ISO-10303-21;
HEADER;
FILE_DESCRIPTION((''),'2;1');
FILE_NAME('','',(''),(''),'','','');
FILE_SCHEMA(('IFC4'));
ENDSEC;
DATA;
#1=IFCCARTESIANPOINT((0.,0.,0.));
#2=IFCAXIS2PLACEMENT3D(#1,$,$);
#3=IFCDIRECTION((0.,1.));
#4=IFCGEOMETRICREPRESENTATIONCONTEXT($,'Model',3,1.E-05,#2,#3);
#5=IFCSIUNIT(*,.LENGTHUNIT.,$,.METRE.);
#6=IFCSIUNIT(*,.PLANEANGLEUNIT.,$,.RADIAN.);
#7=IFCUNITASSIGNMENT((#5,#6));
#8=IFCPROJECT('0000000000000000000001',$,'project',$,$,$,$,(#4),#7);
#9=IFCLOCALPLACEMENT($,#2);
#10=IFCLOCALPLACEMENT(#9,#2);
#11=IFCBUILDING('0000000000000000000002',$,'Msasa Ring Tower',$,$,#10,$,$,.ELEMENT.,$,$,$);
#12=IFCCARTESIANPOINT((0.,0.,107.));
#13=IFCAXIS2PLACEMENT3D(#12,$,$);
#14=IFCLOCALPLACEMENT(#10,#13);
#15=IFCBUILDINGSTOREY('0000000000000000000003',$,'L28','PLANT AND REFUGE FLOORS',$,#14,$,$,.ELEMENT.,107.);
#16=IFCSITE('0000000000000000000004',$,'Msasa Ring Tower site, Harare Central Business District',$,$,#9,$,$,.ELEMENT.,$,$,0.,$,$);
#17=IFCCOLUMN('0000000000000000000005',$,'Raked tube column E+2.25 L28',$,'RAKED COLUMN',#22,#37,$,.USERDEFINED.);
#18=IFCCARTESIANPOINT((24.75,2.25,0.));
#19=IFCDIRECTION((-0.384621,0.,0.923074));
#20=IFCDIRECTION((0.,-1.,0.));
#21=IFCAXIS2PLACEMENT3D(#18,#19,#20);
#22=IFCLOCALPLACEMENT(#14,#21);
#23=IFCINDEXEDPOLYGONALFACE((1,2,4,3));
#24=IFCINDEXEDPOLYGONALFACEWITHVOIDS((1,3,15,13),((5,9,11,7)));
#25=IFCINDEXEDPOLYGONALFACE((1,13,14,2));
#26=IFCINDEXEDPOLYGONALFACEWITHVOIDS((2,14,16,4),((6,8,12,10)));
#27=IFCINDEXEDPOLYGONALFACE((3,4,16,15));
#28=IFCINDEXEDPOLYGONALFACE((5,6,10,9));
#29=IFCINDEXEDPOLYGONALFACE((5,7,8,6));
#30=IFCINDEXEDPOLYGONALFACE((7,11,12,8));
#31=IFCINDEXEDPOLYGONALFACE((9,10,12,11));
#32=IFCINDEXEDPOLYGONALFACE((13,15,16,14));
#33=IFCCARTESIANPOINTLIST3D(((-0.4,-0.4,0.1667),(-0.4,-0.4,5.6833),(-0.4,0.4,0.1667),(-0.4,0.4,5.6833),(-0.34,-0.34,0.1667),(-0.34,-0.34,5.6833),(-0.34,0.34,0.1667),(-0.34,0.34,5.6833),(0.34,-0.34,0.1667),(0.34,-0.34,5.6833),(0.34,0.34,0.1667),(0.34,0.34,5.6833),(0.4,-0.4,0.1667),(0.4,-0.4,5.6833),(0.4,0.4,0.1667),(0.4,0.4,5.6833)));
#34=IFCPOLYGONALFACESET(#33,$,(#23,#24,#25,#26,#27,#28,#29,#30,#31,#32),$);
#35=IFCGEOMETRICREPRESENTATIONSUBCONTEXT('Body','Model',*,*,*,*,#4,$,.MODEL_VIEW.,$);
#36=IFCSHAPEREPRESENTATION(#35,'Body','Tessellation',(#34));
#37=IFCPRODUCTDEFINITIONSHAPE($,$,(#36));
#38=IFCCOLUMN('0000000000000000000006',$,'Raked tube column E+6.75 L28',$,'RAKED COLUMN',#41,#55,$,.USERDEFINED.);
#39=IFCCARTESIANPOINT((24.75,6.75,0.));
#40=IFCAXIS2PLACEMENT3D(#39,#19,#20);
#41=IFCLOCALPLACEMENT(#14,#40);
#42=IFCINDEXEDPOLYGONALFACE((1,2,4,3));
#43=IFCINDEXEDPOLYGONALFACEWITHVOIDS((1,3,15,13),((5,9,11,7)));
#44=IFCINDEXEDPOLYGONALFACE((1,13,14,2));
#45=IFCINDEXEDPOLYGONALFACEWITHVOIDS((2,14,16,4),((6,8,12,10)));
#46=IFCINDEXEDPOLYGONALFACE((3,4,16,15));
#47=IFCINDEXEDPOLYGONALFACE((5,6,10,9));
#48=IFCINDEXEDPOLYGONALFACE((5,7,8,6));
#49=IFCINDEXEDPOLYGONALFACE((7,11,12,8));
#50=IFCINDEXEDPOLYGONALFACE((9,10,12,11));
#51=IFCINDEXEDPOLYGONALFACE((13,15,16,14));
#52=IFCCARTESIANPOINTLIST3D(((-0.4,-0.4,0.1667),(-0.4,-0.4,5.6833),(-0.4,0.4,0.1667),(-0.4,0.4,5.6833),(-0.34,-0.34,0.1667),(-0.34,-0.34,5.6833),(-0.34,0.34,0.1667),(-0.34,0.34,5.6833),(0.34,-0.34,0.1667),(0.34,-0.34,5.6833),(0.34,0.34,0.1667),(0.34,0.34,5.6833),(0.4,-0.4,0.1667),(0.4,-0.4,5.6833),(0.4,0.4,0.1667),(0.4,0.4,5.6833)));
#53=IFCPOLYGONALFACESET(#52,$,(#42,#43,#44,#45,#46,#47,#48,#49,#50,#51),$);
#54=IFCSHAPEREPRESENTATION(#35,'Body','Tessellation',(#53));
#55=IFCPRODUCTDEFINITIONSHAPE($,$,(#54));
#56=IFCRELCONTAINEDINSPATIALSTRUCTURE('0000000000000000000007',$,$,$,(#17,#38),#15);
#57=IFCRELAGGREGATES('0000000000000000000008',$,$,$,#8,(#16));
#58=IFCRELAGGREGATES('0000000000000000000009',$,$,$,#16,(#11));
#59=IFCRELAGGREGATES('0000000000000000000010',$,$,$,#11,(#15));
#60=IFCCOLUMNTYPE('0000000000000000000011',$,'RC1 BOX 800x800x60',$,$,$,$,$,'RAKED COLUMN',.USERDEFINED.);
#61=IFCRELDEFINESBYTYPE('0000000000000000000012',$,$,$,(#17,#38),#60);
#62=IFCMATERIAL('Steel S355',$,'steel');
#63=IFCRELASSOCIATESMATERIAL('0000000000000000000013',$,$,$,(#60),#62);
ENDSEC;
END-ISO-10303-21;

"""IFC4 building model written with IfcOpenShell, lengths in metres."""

from ifc_helpers import new_model, si_unit, direction, frame, origin, origin_2d, place, context, subcontext, project, spatial, hollow_rectangle, extrude, clip, halfspace, material, material_profile, profile_set, type_object, element, save


model = new_model("IFC4")

# Units and contexts
model_context = context("Model", 3, precision=1e-05, world=origin(), true_north=direction((0.0, 1.0)))
body_context = subcontext(model_context, "Body", "Model", "MODEL_VIEW")
ifc_project = project(units=[si_unit("LENGTHUNIT", "METRE"), si_unit("PLANEANGLEUNIT", "RADIAN")], contexts=[model_context])

# Site, building, storey
site_placement = place(None, origin())
site = spatial("IfcSite", under=ifc_project, at=site_placement, Name="Msasa Ring Tower site, Harare Central Business District", CompositionType="ELEMENT", RefElevation=0.0)
building_placement = place(site_placement, origin())
building = spatial("IfcBuilding", under=site, at=building_placement, Name="Msasa Ring Tower", CompositionType="ELEMENT")
storey_placement = place(building_placement, frame((0.0, 0.0, 107.0)))
storey = spatial("IfcBuildingStorey", under=building, at=storey_placement, Name="L28", Description="PLANT AND REFUGE FLOORS", CompositionType="ELEMENT", Elevation=107.0)

# Columns
ifc_material_1 = material(Name="Steel S355", Category="steel")
ifc_material_profile_1 = material_profile(ifc_material_1, hollow_rectangle(XDim=0.8, YDim=0.8, WallThickness=0.0601, at=origin_2d()), Name="BOX 800x800x60")
ifc_profile_set_1 = profile_set([ifc_material_profile_1], Name="Steel S355")
column_type = type_object("IfcColumnType", Name="RC1 BOX 800x800x60", ElementType="RAKED COLUMN", PredefinedType="USERDEFINED", material=ifc_profile_set_1)
for number, where, z_axis, x_axis, name in (
    (1, (24.75, 2.25, 0.0), (-0.384621, 0.0, 0.923074), (0.0, -1.0, 0.0), "Raked tube column E+2.25 L28"),
    (2, (24.75, 6.75, 0.0), (-0.384621, 0.0, 0.923074), (0.0, -1.0, 0.0), "Raked tube column E+6.75 L28"),
):
    element("IfcColumn", number, at=place(storey_placement, frame(where, z_axis=z_axis, x_axis=x_axis)), inside=storey, type_object=column_type, Name=name, ObjectType="RAKED COLUMN", PredefinedType="USERDEFINED", context=body_context, shape_type="Clipping", body=[
        clip(clip(extrude(hollow_rectangle(XDim=0.8, YDim=0.8, WallThickness=0.0601, at=origin_2d()), origin(), (0.0, 0.0, 1.0), 5.8499), halfspace(frame((0.0, 0.0, 0.1667), z_axis=(0.0, 0.0, 1.0)), True)), halfspace(frame((0.0, 0.0, 5.6833), z_axis=(0.0, 0.0, -1.0)), True)),
    ])

save(model, "model.ifc")
